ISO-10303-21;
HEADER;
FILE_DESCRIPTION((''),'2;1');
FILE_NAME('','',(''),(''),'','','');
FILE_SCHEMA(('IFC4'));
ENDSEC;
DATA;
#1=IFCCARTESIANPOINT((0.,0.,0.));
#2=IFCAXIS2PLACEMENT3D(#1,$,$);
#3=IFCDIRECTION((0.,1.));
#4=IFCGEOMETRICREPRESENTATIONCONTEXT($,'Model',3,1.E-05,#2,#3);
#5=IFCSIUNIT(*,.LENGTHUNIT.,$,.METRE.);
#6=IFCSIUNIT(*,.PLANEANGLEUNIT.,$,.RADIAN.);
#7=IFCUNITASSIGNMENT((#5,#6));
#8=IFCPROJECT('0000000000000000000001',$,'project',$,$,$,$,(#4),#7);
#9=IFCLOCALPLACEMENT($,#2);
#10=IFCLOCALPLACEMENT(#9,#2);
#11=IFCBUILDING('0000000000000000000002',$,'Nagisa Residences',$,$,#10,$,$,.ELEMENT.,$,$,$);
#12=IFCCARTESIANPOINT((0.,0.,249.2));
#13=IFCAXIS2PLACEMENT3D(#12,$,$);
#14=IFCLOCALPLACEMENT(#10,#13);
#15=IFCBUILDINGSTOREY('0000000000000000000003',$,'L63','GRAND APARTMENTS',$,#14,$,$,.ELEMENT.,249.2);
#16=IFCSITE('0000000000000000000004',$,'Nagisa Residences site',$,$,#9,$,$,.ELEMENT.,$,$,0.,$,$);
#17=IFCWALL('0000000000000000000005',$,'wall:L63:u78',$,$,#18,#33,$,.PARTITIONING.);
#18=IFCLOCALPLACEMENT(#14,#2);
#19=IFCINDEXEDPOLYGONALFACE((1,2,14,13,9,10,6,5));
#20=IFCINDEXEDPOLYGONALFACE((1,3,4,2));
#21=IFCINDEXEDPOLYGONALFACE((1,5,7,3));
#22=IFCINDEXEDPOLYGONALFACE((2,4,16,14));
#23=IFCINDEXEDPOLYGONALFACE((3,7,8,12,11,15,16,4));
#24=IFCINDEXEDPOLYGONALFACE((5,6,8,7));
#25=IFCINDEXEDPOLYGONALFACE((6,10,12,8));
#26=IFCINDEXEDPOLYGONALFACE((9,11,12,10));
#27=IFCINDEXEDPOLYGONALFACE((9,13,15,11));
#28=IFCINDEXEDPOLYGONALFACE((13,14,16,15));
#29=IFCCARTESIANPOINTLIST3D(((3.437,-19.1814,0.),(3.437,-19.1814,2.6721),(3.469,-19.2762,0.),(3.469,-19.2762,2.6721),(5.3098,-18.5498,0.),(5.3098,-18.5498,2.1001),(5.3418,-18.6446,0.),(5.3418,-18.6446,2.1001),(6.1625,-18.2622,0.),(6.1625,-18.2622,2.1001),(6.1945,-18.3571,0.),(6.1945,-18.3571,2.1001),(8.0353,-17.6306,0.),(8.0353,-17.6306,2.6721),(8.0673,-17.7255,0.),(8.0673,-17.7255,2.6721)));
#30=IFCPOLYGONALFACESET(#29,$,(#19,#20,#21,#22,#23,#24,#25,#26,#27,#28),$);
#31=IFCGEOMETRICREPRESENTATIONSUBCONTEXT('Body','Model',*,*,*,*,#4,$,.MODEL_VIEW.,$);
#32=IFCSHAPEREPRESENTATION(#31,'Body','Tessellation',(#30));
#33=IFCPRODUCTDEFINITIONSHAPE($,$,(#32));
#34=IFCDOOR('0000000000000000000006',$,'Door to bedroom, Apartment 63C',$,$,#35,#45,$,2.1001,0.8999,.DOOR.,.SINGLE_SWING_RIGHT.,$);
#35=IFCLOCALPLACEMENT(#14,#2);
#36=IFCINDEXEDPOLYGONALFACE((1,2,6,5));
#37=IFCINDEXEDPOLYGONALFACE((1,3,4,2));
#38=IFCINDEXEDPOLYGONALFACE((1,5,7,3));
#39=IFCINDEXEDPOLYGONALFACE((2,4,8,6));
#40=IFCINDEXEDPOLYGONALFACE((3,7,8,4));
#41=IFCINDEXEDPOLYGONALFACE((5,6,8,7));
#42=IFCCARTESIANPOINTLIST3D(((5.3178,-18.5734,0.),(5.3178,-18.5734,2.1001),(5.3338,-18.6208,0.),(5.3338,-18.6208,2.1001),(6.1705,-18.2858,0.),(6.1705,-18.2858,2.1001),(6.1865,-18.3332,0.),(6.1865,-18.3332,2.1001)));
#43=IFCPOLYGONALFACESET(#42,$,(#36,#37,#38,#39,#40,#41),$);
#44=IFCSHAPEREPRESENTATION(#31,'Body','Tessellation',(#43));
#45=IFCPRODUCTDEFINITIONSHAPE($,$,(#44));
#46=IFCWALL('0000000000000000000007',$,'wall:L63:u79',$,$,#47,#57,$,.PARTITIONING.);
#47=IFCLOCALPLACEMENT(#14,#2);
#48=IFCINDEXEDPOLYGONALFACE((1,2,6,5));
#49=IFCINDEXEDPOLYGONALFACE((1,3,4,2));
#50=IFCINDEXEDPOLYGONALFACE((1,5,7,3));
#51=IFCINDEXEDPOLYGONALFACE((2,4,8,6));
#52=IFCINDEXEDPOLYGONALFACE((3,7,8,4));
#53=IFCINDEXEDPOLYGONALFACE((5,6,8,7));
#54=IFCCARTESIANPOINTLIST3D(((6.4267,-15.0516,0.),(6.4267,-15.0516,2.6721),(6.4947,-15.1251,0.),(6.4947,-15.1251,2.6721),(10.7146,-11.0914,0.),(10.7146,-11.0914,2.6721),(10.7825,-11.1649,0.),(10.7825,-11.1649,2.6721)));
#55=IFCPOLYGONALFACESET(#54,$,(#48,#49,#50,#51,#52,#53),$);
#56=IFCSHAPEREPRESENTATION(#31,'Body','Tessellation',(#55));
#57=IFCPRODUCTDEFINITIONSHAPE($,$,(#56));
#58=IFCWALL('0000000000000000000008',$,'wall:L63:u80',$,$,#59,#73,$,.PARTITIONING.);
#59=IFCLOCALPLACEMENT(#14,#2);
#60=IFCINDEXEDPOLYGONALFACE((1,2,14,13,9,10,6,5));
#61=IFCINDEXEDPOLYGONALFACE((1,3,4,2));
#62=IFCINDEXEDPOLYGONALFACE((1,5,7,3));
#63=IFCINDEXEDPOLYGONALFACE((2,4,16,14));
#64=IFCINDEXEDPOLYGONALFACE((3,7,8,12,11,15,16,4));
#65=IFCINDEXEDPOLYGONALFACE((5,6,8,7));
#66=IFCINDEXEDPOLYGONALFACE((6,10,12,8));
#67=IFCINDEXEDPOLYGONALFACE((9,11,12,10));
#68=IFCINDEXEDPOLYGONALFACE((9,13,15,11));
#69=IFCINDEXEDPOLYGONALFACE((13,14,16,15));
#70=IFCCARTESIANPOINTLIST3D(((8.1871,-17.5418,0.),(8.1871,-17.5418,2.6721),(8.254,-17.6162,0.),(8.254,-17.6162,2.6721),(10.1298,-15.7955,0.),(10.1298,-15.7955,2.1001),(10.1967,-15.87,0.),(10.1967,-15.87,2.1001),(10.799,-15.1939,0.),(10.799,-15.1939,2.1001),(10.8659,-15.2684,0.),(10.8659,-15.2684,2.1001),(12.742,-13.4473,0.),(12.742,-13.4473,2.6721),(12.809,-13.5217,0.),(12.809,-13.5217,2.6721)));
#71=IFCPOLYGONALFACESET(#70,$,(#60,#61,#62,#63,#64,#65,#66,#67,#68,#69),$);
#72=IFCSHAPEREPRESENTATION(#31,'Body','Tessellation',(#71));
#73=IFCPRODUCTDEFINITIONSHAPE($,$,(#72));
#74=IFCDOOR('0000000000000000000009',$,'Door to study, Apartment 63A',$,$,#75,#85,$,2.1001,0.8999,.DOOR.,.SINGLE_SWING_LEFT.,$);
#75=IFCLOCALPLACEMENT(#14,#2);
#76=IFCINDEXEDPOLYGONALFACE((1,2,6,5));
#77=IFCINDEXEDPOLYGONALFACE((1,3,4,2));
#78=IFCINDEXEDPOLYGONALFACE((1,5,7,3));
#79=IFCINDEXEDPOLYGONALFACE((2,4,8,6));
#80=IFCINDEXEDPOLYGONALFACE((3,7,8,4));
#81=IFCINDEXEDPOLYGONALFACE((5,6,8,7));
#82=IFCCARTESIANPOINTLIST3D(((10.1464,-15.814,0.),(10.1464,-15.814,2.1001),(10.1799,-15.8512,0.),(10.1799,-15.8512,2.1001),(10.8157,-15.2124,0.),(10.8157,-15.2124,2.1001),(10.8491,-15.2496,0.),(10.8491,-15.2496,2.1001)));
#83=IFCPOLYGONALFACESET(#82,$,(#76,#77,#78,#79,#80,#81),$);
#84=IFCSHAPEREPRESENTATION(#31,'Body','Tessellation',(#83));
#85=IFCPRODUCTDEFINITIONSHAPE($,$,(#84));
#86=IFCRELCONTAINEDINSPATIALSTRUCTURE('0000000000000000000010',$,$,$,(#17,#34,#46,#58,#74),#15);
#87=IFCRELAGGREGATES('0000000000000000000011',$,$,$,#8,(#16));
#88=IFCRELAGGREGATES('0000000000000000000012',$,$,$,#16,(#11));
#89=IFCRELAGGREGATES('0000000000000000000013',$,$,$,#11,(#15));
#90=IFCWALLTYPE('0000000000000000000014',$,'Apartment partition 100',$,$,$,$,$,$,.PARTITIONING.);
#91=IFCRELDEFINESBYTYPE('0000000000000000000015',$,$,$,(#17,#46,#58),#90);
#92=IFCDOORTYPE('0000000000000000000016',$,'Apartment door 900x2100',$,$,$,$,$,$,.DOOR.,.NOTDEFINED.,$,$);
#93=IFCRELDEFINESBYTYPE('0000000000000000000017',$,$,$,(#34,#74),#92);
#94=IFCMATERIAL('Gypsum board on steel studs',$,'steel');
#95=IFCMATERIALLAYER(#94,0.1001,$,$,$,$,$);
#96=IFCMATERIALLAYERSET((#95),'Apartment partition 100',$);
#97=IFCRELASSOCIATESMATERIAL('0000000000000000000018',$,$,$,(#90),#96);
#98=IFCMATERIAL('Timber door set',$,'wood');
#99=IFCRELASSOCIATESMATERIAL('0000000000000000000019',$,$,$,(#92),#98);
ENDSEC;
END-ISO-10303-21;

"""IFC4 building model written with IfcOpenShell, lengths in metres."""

from ifc_helpers import new_model, si_unit, direction, frame, frame_2d, origin, place, context, subcontext, project, spatial, rectangle, extrude, material, layer, layer_set, type_object, element, fill, save


model = new_model("IFC4")

# Units and contexts
model_context = context("Model", 3, precision=1e-05, world=origin(), true_north=direction((0.0, 1.0)))
body_context = subcontext(model_context, "Body", "Model", "MODEL_VIEW")
ifc_project = project(units=[si_unit("LENGTHUNIT", "METRE"), si_unit("PLANEANGLEUNIT", "RADIAN")], contexts=[model_context])

# Site, building, storey
site_placement = place(None, origin())
site = spatial("IfcSite", under=ifc_project, at=site_placement, Name="Nagisa Residences site", CompositionType="ELEMENT", RefElevation=0.0)
building_placement = place(site_placement, origin())
building = spatial("IfcBuilding", under=site, at=building_placement, Name="Nagisa Residences", CompositionType="ELEMENT")
storey_placement = place(building_placement, frame((0.0, 0.0, 249.2)))
storey = spatial("IfcBuildingStorey", under=building, at=storey_placement, Name="L63", Description="GRAND APARTMENTS", CompositionType="ELEMENT", Elevation=249.2)

# Shared definitions
ifc_material_1 = material(Name="Gypsum board on steel studs", Category="steel")
ifc_layer_1 = layer(ifc_material_1, 0.1001)
ifc_layer_set_1 = layer_set([ifc_layer_1], Name="Apartment partition 100")
wall_type_1 = type_object("IfcWallType", Name="Apartment partition 100", PredefinedType="PARTITIONING", material=ifc_layer_set_1)
ifc_material_2 = material(Name="Timber door set", Category="wood")
door_type_1 = type_object("IfcDoorType", Name="Apartment door 900x2100", OperationType="NOTDEFINED", PredefinedType="DOOR", material=ifc_material_2)

# Wall, opening, door
wall_1_placement = place(storey_placement, frame((3.4531, -19.2288, 0.0), z_axis=(0.0, 0.0, 1.0), x_axis=(0.947566, 0.319561, 0.0)))
wall_1 = element("IfcWall", 1, at=wall_1_placement, inside=storey, type_object=wall_type_1, Name="wall:L63:u78", PredefinedType="PARTITIONING", context=body_context, shape_type="SweptSolid", body=[
    extrude(rectangle(XDim=4.8528, YDim=0.1001, at=frame_2d((2.4263, 0.0))), origin(), (0.0, 0.0, 1.0), 2.6721),
])
opening_1_placement = place(wall_1_placement, frame((1.9763, 0.0, 0.0)))
opening_1 = element("IfcOpeningElement", 2, at=opening_1_placement, cuts=wall_1, PredefinedType="OPENING", context=body_context, shape_type="SweptSolid", body=[
    extrude(rectangle(XDim=0.8999, YDim=2.1001, at=frame_2d((0.45, 1.05))), frame((0.0, 0.0601, 0.0), z_axis=(0.0, -1.0, 0.0), x_axis=(1.0, 0.0, 0.0)), (0.0, 0.0, 1.0), 0.1201),
])
door_1_placement = place(opening_1_placement, frame((0.8999, 0.0, 0.0), x_axis=(-1.0, 0.0, 0.0)))
door_1 = element("IfcDoor", 3, at=door_1_placement, inside=storey, type_object=door_type_1, Name="Door to bedroom, Apartment 63C", OperationType="SINGLE_SWING_RIGHT", OverallHeight=2.1001, OverallWidth=0.8999, PredefinedType="DOOR", context=body_context, shape_type="SweptSolid", body=[
    extrude(rectangle(XDim=0.8999, YDim=2.1001, at=frame_2d((0.45, 1.05))), frame((0.0, 0.0249, 0.0), z_axis=(0.0, -1.0, 0.0), x_axis=(1.0, 0.0, 0.0)), (0.0, 0.0, 1.0), 0.05),
])
fill(opening_1, door_1)

# Wall
wall_2_placement = place(storey_placement, frame((6.4607, -15.0884, 0.0), z_axis=(0.0, 0.0, 1.0), x_axis=(0.734616, 0.678483, 0.0)))
element("IfcWall", 4, at=wall_2_placement, inside=storey, type_object=wall_type_1, Name="wall:L63:u79", PredefinedType="PARTITIONING", context=body_context, shape_type="SweptSolid", body=[
    extrude(rectangle(XDim=5.8369, YDim=0.1001, at=frame_2d((2.9185, 0.0))), origin(), (0.0, 0.0, 1.0), 2.6721),
])

# Wall, opening, door
wall_3_placement = place(storey_placement, frame((8.2205, -17.5791, 0.0), z_axis=(0.0, 0.0, 1.0), x_axis=(0.743696, 0.668518, 0.0)))
wall_3 = element("IfcWall", 5, at=wall_3_placement, inside=storey, type_object=wall_type_1, Name="wall:L63:u80", PredefinedType="PARTITIONING", context=body_context, shape_type="SweptSolid", body=[
    extrude(rectangle(XDim=6.1248, YDim=0.1001, at=frame_2d((3.0625, 0.0))), origin(), (0.0, 0.0, 1.0), 2.6721),
])
opening_2_placement = place(wall_3_placement, frame((2.6123, 0.0, 0.0)))
opening_2 = element("IfcOpeningElement", 6, at=opening_2_placement, cuts=wall_3, PredefinedType="OPENING", context=body_context, shape_type="SweptSolid", body=[
    extrude(rectangle(XDim=0.8999, YDim=2.1001, at=frame_2d((0.45, 1.05))), frame((0.0, 0.0601, 0.0), z_axis=(0.0, -1.0, 0.0), x_axis=(1.0, 0.0, 0.0)), (0.0, 0.0, 1.0), 0.1201),
])
door_2_placement = place(opening_2_placement, frame((0.8999, 0.0, 0.0), x_axis=(-1.0, 0.0, 0.0)))
door_2 = element("IfcDoor", 7, at=door_2_placement, inside=storey, type_object=door_type_1, Name="Door to study, Apartment 63A", OperationType="SINGLE_SWING_LEFT", OverallHeight=2.1001, OverallWidth=0.8999, PredefinedType="DOOR", context=body_context, shape_type="SweptSolid", body=[
    extrude(rectangle(XDim=0.8999, YDim=2.1001, at=frame_2d((0.45, 1.05))), frame((0.0, 0.0249, 0.0), z_axis=(0.0, -1.0, 0.0), x_axis=(1.0, 0.0, 0.0)), (0.0, 0.0, 1.0), 0.05),
])
fill(opening_2, door_2)

save(model, "model.ifc")
